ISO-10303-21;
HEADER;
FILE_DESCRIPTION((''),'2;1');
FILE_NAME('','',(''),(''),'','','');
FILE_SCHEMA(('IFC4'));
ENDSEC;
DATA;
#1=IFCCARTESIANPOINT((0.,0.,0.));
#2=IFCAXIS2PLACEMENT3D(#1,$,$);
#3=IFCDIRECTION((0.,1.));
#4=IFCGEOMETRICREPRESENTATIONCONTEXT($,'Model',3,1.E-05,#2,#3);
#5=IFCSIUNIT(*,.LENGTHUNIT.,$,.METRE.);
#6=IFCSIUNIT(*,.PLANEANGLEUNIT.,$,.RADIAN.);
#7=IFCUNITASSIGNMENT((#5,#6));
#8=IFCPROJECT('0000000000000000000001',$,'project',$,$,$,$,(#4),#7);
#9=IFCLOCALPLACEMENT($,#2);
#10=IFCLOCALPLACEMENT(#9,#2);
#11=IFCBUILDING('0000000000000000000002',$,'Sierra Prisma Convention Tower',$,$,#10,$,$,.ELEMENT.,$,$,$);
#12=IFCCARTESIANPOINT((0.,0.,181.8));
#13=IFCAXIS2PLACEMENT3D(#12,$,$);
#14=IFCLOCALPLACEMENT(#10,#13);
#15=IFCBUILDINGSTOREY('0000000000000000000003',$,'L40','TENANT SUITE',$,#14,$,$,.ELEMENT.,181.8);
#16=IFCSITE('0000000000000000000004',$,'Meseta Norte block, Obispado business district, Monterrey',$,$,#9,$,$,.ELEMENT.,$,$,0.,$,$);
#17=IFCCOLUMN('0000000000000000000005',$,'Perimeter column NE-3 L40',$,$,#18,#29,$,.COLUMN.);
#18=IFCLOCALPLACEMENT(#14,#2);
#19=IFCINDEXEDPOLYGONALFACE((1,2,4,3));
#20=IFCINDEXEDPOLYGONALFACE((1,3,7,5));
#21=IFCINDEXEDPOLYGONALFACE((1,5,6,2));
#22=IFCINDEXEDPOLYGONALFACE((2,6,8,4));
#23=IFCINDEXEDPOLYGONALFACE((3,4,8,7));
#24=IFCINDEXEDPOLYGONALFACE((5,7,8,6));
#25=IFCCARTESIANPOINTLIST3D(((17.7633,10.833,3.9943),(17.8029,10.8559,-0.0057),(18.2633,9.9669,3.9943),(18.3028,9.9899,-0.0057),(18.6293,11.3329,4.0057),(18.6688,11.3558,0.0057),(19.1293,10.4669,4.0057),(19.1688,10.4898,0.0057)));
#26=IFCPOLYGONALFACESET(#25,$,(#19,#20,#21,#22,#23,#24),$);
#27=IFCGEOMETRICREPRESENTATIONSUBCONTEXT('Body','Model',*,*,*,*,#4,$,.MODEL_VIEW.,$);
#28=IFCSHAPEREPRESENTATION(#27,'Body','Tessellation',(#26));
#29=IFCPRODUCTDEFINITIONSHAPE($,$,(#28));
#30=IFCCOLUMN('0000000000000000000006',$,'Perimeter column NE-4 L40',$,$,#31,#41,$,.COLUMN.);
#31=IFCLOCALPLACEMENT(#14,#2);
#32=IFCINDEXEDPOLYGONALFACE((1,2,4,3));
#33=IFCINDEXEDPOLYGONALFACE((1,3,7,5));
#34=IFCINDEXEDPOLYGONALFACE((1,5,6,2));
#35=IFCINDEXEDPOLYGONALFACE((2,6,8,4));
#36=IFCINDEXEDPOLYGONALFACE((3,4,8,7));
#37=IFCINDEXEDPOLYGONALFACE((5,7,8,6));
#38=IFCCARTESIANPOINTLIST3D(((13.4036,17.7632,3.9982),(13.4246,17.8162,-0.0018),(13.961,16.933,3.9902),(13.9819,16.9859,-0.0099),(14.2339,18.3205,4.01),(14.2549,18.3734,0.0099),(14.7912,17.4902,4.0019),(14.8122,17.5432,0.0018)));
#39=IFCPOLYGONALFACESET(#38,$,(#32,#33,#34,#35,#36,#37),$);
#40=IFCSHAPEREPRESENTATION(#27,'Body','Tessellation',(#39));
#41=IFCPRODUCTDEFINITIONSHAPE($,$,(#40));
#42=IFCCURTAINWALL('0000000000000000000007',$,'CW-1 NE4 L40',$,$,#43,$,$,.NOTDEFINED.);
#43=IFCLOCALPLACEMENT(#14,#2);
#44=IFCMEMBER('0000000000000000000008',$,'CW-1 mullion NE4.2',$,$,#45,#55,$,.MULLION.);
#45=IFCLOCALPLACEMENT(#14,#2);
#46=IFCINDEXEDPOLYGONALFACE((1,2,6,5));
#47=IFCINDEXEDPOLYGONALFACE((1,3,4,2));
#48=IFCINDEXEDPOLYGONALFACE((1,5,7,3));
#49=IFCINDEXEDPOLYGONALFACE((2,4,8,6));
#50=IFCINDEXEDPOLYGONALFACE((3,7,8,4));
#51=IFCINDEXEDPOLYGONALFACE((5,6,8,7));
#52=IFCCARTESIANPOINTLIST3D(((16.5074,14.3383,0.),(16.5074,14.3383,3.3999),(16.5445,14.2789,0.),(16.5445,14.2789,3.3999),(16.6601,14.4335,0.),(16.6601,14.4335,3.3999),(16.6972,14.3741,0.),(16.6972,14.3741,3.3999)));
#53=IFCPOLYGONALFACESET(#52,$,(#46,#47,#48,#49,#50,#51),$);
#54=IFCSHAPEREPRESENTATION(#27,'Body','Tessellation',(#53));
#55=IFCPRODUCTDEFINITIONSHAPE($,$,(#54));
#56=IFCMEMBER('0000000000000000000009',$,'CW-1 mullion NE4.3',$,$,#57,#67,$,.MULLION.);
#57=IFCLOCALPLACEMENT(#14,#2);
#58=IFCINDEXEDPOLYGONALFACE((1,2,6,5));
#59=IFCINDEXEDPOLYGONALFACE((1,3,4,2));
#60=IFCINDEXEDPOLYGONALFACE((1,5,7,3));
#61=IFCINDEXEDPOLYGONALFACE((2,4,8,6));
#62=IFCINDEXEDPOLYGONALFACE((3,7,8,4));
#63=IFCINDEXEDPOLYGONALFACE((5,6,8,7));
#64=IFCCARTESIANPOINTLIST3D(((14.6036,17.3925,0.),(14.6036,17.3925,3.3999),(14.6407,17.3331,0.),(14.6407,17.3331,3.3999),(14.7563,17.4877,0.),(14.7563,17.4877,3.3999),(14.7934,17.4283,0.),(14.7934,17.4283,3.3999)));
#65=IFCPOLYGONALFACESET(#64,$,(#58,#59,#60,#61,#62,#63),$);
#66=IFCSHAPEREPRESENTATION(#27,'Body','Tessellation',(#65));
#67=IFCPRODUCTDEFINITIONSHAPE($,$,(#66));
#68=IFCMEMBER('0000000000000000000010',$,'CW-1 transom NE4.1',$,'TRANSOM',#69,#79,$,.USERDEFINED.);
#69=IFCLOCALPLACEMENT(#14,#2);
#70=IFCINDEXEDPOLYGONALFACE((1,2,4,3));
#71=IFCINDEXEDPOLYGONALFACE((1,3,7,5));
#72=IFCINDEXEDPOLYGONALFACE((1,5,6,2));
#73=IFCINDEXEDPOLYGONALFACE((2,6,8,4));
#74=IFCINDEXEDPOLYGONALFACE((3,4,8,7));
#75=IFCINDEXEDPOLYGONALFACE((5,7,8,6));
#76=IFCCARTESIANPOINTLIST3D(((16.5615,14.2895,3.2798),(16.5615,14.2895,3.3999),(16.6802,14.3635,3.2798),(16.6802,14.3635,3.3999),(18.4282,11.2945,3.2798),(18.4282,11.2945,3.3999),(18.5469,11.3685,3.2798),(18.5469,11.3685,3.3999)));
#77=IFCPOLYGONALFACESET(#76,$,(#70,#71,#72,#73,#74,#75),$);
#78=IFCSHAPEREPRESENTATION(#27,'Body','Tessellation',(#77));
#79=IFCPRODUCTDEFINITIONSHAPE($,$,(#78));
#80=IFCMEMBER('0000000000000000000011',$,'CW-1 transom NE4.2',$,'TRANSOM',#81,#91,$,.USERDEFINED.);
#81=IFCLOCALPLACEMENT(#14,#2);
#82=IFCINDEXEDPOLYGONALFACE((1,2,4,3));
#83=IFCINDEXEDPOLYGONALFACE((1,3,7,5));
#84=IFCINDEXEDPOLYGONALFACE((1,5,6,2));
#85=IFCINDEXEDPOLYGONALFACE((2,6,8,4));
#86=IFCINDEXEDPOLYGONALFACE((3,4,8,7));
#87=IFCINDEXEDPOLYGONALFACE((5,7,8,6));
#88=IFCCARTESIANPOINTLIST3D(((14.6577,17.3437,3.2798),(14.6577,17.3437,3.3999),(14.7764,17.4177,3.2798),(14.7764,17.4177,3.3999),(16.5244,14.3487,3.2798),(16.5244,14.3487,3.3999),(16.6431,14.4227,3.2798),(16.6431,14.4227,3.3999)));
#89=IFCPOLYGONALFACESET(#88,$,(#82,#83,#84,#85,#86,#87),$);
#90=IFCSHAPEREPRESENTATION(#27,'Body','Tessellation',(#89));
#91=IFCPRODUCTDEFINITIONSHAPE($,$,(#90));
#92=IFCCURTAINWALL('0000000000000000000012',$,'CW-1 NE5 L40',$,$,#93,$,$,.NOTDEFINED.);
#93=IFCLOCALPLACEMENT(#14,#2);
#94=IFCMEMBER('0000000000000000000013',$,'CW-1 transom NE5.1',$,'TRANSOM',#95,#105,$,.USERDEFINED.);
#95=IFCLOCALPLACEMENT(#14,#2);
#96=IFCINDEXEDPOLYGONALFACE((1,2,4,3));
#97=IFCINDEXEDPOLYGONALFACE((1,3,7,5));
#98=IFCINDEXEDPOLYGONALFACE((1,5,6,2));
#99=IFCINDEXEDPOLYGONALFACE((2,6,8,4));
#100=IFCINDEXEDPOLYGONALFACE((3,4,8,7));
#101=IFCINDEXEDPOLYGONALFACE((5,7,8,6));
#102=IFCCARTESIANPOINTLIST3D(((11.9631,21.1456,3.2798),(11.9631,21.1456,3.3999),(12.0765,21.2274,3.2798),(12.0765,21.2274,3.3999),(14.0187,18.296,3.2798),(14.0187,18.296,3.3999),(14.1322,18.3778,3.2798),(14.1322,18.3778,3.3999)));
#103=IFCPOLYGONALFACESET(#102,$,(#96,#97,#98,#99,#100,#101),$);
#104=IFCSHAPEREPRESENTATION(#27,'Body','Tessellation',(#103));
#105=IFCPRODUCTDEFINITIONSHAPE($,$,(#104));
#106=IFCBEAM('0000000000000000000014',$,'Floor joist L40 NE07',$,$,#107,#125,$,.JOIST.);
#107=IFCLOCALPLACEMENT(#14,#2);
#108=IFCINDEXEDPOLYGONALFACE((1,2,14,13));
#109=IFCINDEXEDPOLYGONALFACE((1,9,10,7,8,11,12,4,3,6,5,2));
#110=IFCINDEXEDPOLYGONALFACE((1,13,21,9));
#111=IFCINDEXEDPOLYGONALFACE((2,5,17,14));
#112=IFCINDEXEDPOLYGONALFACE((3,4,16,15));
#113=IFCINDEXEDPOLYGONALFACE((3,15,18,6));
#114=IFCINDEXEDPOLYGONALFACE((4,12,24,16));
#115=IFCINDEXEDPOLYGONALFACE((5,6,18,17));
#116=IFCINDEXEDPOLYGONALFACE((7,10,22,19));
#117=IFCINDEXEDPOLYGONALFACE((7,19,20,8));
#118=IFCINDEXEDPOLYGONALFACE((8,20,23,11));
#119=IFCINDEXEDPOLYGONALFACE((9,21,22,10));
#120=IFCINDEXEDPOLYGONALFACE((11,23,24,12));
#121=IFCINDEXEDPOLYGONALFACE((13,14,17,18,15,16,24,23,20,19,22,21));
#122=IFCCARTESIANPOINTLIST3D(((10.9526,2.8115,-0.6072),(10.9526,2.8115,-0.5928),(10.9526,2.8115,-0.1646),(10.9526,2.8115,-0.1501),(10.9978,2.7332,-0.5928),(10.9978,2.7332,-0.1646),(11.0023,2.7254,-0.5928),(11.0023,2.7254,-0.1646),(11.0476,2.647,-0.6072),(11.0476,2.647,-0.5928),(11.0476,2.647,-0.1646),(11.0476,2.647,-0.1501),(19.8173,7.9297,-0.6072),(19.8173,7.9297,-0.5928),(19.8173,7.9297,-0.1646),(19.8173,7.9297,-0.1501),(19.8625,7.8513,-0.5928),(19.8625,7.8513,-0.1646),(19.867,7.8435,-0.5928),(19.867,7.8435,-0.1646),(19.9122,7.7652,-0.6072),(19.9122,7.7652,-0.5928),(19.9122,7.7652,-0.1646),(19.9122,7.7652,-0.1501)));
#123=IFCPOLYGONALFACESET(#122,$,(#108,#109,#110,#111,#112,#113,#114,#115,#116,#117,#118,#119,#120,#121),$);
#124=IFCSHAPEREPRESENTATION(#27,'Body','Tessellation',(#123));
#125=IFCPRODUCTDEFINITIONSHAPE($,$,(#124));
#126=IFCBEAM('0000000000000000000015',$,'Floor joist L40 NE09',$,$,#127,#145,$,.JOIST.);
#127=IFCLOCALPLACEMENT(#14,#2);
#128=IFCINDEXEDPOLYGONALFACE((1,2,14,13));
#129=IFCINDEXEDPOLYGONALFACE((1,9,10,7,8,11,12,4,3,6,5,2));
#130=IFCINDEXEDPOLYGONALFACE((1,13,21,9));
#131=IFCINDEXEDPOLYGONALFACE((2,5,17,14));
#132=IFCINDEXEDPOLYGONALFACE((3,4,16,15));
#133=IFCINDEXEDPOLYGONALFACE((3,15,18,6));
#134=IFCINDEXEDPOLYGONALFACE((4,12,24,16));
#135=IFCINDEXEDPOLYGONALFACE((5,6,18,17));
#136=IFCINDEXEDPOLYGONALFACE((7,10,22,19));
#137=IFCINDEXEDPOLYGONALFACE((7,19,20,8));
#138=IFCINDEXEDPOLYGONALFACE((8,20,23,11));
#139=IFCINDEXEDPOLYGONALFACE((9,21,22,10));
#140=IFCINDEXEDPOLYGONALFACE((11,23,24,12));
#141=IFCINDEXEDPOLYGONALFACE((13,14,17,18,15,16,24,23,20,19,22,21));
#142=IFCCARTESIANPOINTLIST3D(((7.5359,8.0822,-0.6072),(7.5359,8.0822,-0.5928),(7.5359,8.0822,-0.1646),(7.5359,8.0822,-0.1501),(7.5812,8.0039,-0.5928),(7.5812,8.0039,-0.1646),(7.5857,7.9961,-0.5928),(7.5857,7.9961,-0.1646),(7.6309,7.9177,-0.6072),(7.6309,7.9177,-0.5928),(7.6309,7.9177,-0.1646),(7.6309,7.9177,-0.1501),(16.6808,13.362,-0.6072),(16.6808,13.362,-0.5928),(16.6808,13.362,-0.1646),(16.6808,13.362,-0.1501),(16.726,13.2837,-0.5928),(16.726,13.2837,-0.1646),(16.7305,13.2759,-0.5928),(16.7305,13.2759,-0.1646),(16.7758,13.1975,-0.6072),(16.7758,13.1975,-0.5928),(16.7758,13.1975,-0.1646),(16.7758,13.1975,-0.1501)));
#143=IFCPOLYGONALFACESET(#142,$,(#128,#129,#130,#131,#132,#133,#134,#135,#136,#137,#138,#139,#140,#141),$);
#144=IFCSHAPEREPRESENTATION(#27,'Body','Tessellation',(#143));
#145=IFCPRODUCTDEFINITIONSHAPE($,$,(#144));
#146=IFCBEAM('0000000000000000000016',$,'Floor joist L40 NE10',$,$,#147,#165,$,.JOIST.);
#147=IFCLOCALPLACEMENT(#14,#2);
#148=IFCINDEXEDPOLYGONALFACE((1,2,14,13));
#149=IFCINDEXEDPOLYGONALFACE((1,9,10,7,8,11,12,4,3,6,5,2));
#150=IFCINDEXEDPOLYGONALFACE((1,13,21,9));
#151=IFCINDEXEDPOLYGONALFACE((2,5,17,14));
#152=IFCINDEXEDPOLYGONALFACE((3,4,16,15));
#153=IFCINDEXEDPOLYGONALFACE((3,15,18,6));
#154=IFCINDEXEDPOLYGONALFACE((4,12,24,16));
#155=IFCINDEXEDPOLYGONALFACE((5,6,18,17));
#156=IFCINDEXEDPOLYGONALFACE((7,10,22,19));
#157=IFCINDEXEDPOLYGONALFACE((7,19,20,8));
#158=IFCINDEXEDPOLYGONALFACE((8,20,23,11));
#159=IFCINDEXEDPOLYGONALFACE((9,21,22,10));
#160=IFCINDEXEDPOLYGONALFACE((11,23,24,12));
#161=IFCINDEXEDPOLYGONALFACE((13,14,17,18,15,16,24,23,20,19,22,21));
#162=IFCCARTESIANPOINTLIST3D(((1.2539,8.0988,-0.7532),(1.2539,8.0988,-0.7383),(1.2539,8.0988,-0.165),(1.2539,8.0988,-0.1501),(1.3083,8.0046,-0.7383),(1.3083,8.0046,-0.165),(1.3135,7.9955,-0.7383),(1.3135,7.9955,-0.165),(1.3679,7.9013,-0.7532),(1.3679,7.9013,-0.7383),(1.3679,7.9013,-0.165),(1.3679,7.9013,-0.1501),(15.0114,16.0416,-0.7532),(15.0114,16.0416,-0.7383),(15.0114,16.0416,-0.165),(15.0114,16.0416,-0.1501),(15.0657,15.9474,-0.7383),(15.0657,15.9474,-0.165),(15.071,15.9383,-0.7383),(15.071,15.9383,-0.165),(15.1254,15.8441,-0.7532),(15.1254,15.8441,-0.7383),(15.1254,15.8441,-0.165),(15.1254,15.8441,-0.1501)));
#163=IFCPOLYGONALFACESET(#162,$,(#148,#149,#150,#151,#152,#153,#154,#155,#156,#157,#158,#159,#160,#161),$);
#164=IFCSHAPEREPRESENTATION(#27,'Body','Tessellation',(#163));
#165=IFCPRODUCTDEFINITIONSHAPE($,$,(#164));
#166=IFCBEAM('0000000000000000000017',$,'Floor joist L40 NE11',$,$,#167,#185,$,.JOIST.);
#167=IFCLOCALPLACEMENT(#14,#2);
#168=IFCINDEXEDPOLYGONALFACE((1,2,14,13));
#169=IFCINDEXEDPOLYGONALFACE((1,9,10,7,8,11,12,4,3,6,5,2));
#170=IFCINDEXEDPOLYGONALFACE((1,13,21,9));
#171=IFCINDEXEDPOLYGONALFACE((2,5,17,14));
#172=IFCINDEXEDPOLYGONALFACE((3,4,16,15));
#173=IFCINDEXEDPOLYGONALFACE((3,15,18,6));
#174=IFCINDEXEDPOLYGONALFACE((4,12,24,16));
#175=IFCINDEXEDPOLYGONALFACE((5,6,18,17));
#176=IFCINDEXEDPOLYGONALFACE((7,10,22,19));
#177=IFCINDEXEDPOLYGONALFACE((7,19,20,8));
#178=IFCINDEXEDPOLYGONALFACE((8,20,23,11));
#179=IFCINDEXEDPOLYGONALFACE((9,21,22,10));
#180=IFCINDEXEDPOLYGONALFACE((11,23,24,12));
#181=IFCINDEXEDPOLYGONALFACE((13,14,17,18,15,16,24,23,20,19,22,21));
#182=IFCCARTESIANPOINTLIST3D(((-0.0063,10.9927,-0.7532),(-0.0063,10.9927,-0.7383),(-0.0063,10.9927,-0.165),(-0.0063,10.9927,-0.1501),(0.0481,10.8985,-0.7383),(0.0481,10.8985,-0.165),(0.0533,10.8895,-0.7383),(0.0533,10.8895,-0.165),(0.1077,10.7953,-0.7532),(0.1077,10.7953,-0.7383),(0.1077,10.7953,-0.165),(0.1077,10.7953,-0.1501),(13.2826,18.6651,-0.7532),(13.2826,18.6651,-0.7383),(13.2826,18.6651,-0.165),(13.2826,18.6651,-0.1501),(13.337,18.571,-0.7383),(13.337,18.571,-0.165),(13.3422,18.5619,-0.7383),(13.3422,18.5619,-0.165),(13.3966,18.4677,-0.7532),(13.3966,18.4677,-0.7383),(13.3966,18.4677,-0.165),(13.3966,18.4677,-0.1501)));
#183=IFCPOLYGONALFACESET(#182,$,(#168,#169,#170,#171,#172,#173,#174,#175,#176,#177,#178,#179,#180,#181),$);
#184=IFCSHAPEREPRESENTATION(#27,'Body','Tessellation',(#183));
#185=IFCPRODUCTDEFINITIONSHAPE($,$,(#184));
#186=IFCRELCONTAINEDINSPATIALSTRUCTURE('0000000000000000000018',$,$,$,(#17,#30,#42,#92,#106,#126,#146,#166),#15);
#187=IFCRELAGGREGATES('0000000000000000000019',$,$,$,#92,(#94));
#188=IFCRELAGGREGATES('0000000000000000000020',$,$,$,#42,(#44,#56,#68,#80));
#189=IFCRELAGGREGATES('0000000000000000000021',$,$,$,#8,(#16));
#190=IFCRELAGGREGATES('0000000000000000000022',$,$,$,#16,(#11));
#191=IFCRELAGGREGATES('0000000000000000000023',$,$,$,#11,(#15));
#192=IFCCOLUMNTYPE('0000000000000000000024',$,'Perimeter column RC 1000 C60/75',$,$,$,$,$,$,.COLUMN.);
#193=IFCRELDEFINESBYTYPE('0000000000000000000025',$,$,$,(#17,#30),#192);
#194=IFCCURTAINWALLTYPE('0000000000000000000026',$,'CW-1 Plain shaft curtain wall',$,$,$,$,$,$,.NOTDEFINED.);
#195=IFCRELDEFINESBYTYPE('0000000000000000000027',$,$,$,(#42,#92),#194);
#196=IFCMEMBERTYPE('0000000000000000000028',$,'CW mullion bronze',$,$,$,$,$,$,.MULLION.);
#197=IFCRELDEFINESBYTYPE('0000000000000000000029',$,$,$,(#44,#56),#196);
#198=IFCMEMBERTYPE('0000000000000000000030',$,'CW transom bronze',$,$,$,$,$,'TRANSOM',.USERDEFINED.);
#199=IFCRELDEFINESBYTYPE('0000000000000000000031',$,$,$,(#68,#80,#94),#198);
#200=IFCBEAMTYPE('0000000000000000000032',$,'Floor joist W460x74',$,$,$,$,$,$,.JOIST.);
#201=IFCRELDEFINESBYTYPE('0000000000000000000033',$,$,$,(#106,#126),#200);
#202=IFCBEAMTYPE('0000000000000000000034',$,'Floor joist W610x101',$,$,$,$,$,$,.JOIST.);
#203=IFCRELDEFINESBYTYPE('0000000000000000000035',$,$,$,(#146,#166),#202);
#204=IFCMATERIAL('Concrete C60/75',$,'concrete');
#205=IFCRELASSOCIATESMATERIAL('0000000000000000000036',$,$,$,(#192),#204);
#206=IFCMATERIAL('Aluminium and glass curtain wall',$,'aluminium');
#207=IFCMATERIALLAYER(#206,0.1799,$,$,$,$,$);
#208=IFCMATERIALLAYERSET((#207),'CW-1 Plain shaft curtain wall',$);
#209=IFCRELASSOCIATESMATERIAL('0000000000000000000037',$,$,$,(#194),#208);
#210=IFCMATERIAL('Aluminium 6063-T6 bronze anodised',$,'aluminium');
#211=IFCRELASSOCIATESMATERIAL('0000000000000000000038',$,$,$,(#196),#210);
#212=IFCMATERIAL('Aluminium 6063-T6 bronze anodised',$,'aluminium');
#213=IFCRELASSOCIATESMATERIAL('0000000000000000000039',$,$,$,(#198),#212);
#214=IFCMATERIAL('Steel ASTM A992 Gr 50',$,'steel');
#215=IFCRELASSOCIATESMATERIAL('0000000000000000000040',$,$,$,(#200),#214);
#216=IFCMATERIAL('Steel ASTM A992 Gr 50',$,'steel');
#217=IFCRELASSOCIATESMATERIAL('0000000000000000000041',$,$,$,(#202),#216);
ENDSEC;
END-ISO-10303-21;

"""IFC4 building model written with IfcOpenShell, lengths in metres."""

from ifc_helpers import new_model, si_unit, direction, frame, origin, origin_2d, place, context, subcontext, project, spatial, rectangle, i_section, extrude, material, layer, layer_set, material_profile, profile_set, type_object, element, aggregate, save


model = new_model("IFC4")

# Units and contexts
model_context = context("Model", 3, precision=1e-05, world=origin(), true_north=direction((0.0, 1.0)))
body_context = subcontext(model_context, "Body", "Model", "MODEL_VIEW")
ifc_project = project(units=[si_unit("LENGTHUNIT", "METRE"), si_unit("PLANEANGLEUNIT", "RADIAN")], contexts=[model_context])

# Site, building, storey
site_placement = place(None, origin())
site = spatial("IfcSite", under=ifc_project, at=site_placement, Name="Meseta Norte block, Obispado business district, Monterrey", CompositionType="ELEMENT", RefElevation=0.0)
building_placement = place(site_placement, origin())
building = spatial("IfcBuilding", under=site, at=building_placement, Name="Sierra Prisma Convention Tower", CompositionType="ELEMENT")
storey_placement = place(building_placement, frame((0.0, 0.0, 181.8)))
storey = spatial("IfcBuildingStorey", under=building, at=storey_placement, Name="L40", Description="TENANT SUITE", CompositionType="ELEMENT", Elevation=181.8)

# Columns
ifc_material_1 = material(Name="Concrete C60/75", Category="concrete")
ifc_material_profile_1 = material_profile(ifc_material_1, rectangle(XDim=1.0, YDim=1.0, at=origin_2d()), Name="Perimeter column RC 1000 C60/75")
ifc_profile_set_1 = profile_set([ifc_material_profile_1], Name="Concrete C60/75")
column_type = type_object("IfcColumnType", Name="Perimeter column RC 1000 C60/75", PredefinedType="COLUMN", material=ifc_profile_set_1)
column_1_placement = place(storey_placement, frame((18.4858, 10.6729, 0.0), z_axis=(-0.009887, -0.005737, 0.999935), x_axis=(-0.499976, 0.86604, 0.000025)))
element("IfcColumn", 1, at=column_1_placement, inside=storey, type_object=column_type, Name="Perimeter column NE-3 L40", PredefinedType="COLUMN", context=body_context, shape_type="SweptSolid", body=[
    extrude(rectangle(XDim=1.0, YDim=1.0, at=origin_2d()), origin(), (0.0, 0.0, 1.0), 4.0002),
])
column_2_placement = place(storey_placement, frame((14.1184, 17.6797, 0.0), z_axis=(-0.005248, -0.013243, 0.999899), x_axis=(-0.557346, 0.830241, 0.008071)))
element("IfcColumn", 2, at=column_2_placement, inside=storey, type_object=column_type, Name="Perimeter column NE-4 L40", PredefinedType="COLUMN", context=body_context, shape_type="SweptSolid", body=[
    extrude(rectangle(XDim=1.0, YDim=1.0, at=origin_2d()), origin(), (0.0, 0.0, 1.0), 4.0005),
])

# Curtain wall, members
ifc_material_2 = material(Name="Aluminium and glass curtain wall", Category="aluminium")
ifc_layer_1 = layer(ifc_material_2, 0.1799)
ifc_layer_set_1 = layer_set([ifc_layer_1], Name="CW-1 Plain shaft curtain wall")
curtain_wall_type = type_object("IfcCurtainWallType", Name="CW-1 Plain shaft curtain wall", PredefinedType="NOTDEFINED", material=ifc_layer_set_1)
curtain_wall_1_placement = place(storey_placement, origin())
curtain_wall_1 = element("IfcCurtainWall", 3, at=curtain_wall_1_placement, inside=storey, type_object=curtain_wall_type, Name="CW-1 NE4 L40", PredefinedType="NOTDEFINED")
ifc_material_3 = material(Name="Aluminium 6063-T6 bronze anodised", Category="aluminium")
ifc_material_profile_2 = material_profile(ifc_material_3, rectangle(XDim=0.1799, YDim=0.0701, at=origin_2d()), Name="ALU MULLION 70x180")
ifc_profile_set_2 = profile_set([ifc_material_profile_2], Name="Aluminium 6063-T6 bronze anodised")
member_type_1 = type_object("IfcMemberType", Name="CW mullion bronze", PredefinedType="MULLION", material=ifc_profile_set_2)
member_1_placement = place(storey_placement, frame((16.6023, 14.3562, 0.0), z_axis=(0.0, 0.0, 1.0), x_axis=(-0.848635, -0.528979, 0.0)))
member_1 = element("IfcMember", 4, at=member_1_placement, type_object=member_type_1, Name="CW-1 mullion NE4.2", PredefinedType="MULLION", context=body_context, shape_type="SweptSolid", body=[
    extrude(rectangle(XDim=0.1799, YDim=0.0701, at=origin_2d()), origin(), (0.0, 0.0, 1.0), 3.3999),
])
member_2_placement = place(storey_placement, frame((14.6985, 17.4104, 0.0), z_axis=(0.0, 0.0, 1.0), x_axis=(-0.848635, -0.528979, 0.0)))
member_2 = element("IfcMember", 5, at=member_2_placement, type_object=member_type_1, Name="CW-1 mullion NE4.3", PredefinedType="MULLION", context=body_context, shape_type="SweptSolid", body=[
    extrude(rectangle(XDim=0.1799, YDim=0.0701, at=origin_2d()), origin(), (0.0, 0.0, 1.0), 3.3999),
])
ifc_material_4 = material(Name="Aluminium 6063-T6 bronze anodised", Category="aluminium")
ifc_material_profile_3 = material_profile(ifc_material_4, rectangle(XDim=0.1399, YDim=0.1201, at=origin_2d()), Name="ALU TRANSOM 120x140")
ifc_profile_set_3 = profile_set([ifc_material_profile_3], Name="Aluminium 6063-T6 bronze anodised")
member_type_2 = type_object("IfcMemberType", Name="CW transom bronze", ElementType="TRANSOM", PredefinedType="USERDEFINED", material=ifc_profile_set_3)
member_3_placement = place(storey_placement, frame((18.4875, 11.3315, 3.3398), z_axis=(-0.52896, 0.848647, 0.0), x_axis=(-0.848647, -0.52896, 0.0)))
member_3 = element("IfcMember", 6, at=member_3_placement, type_object=member_type_2, Name="CW-1 transom NE4.1", ObjectType="TRANSOM", PredefinedType="USERDEFINED", context=body_context, shape_type="SweptSolid", body=[
    extrude(rectangle(XDim=0.1399, YDim=0.1201, at=origin_2d()), origin(), (0.0, 0.0, 1.0), 3.5291),
])
member_4_placement = place(storey_placement, frame((16.5837, 14.3857, 3.3398), z_axis=(-0.52896, 0.848647, 0.0), x_axis=(-0.848647, -0.52896, 0.0)))
member_4 = element("IfcMember", 7, at=member_4_placement, type_object=member_type_2, Name="CW-1 transom NE4.2", ObjectType="TRANSOM", PredefinedType="USERDEFINED", context=body_context, shape_type="SweptSolid", body=[
    extrude(rectangle(XDim=0.1399, YDim=0.1201, at=origin_2d()), origin(), (0.0, 0.0, 1.0), 3.5291),
])

# Curtain wall, member
curtain_wall_2_placement = place(storey_placement, origin())
curtain_wall_2 = element("IfcCurtainWall", 8, at=curtain_wall_2_placement, inside=storey, type_object=curtain_wall_type, Name="CW-1 NE5 L40", PredefinedType="NOTDEFINED")
member_5_placement = place(storey_placement, frame((14.0754, 18.3369, 3.3398), z_axis=(-0.585044, 0.811002, 0.0), x_axis=(-0.811002, -0.585044, 0.0)))
member_5 = element("IfcMember", 9, at=member_5_placement, type_object=member_type_2, Name="CW-1 transom NE5.1", ObjectType="TRANSOM", PredefinedType="USERDEFINED", context=body_context, shape_type="SweptSolid", body=[
    extrude(rectangle(XDim=0.1399, YDim=0.1201, at=origin_2d()), origin(), (0.0, 0.0, 1.0), 3.5137),
])
aggregate(curtain_wall_2, [member_5])

# Beams
ifc_material_5 = material(Name="Steel ASTM A992 Gr 50", Category="steel")
ifc_material_profile_4 = material_profile(ifc_material_5, i_section(OverallWidth=0.1899, OverallDepth=0.457, WebThickness=0.009, FlangeThickness=0.0144, at=origin_2d()), Name="W460x74")
ifc_profile_set_4 = profile_set([ifc_material_profile_4], Name="Steel ASTM A992 Gr 50")
beam_type_1 = type_object("IfcBeamType", Name="Floor joist W460x74", PredefinedType="JOIST", material=ifc_profile_set_4)
beam_1_placement = place(storey_placement, frame((19.8647, 7.8474, -0.3787), z_axis=(-0.866021, -0.500007, 0.0), x_axis=(0.500007, -0.866021, 0.0)))
element("IfcBeam", 10, at=beam_1_placement, inside=storey, type_object=beam_type_1, Name="Floor joist L40 NE07", PredefinedType="JOIST", context=body_context, shape_type="SweptSolid", body=[
    extrude(i_section(OverallWidth=0.1899, OverallDepth=0.457, WebThickness=0.009, FlangeThickness=0.0144, at=origin_2d()), origin(), (0.0, 0.0, 1.0), 10.2361),
])
beam_2_placement = place(storey_placement, frame((16.7283, 13.2798, -0.3787), z_axis=(-0.866023, -0.500003, 0.0), x_axis=(0.500003, -0.866023, 0.0)))
element("IfcBeam", 11, at=beam_2_placement, inside=storey, type_object=beam_type_1, Name="Floor joist L40 NE09", PredefinedType="JOIST", context=body_context, shape_type="SweptSolid", body=[
    extrude(i_section(OverallWidth=0.1899, OverallDepth=0.457, WebThickness=0.009, FlangeThickness=0.0144, at=origin_2d()), origin(), (0.0, 0.0, 1.0), 10.5596),
])
ifc_material_6 = material(Name="Steel ASTM A992 Gr 50", Category="steel")
ifc_material_profile_5 = material_profile(ifc_material_6, i_section(OverallWidth=0.228, OverallDepth=0.603, WebThickness=0.0105, FlangeThickness=0.0149, at=origin_2d()), Name="W610x101")
ifc_profile_set_5 = profile_set([ifc_material_profile_5], Name="Steel ASTM A992 Gr 50")
beam_type_2 = type_object("IfcBeamType", Name="Floor joist W610x101", PredefinedType="JOIST", material=ifc_profile_set_5)
beam_3_placement = place(storey_placement, frame((15.0684, 15.9429, -0.4517), z_axis=(-0.866027, -0.499997, 0.0), x_axis=(0.499997, -0.866027, 0.0)))
element("IfcBeam", 12, at=beam_3_placement, inside=storey, type_object=beam_type_2, Name="Floor joist L40 NE10", PredefinedType="JOIST", context=body_context, shape_type="SweptSolid", body=[
    extrude(i_section(OverallWidth=0.228, OverallDepth=0.603, WebThickness=0.0105, FlangeThickness=0.0149, at=origin_2d()), origin(), (0.0, 0.0, 1.0), 15.8857),
])
beam_4_placement = place(storey_placement, frame((13.3396, 18.5664, -0.4517), z_axis=(-0.866024, -0.500003, 0.0), x_axis=(0.500003, -0.866024, 0.0)))
element("IfcBeam", 13, at=beam_4_placement, inside=storey, type_object=beam_type_2, Name="Floor joist L40 NE11", PredefinedType="JOIST", context=body_context, shape_type="SweptSolid", body=[
    extrude(i_section(OverallWidth=0.228, OverallDepth=0.603, WebThickness=0.0105, FlangeThickness=0.0149, at=origin_2d()), origin(), (0.0, 0.0, 1.0), 15.3447),
])

aggregate(curtain_wall_1, [member_1, member_2, member_3, member_4])

save(model, "model.ifc")
